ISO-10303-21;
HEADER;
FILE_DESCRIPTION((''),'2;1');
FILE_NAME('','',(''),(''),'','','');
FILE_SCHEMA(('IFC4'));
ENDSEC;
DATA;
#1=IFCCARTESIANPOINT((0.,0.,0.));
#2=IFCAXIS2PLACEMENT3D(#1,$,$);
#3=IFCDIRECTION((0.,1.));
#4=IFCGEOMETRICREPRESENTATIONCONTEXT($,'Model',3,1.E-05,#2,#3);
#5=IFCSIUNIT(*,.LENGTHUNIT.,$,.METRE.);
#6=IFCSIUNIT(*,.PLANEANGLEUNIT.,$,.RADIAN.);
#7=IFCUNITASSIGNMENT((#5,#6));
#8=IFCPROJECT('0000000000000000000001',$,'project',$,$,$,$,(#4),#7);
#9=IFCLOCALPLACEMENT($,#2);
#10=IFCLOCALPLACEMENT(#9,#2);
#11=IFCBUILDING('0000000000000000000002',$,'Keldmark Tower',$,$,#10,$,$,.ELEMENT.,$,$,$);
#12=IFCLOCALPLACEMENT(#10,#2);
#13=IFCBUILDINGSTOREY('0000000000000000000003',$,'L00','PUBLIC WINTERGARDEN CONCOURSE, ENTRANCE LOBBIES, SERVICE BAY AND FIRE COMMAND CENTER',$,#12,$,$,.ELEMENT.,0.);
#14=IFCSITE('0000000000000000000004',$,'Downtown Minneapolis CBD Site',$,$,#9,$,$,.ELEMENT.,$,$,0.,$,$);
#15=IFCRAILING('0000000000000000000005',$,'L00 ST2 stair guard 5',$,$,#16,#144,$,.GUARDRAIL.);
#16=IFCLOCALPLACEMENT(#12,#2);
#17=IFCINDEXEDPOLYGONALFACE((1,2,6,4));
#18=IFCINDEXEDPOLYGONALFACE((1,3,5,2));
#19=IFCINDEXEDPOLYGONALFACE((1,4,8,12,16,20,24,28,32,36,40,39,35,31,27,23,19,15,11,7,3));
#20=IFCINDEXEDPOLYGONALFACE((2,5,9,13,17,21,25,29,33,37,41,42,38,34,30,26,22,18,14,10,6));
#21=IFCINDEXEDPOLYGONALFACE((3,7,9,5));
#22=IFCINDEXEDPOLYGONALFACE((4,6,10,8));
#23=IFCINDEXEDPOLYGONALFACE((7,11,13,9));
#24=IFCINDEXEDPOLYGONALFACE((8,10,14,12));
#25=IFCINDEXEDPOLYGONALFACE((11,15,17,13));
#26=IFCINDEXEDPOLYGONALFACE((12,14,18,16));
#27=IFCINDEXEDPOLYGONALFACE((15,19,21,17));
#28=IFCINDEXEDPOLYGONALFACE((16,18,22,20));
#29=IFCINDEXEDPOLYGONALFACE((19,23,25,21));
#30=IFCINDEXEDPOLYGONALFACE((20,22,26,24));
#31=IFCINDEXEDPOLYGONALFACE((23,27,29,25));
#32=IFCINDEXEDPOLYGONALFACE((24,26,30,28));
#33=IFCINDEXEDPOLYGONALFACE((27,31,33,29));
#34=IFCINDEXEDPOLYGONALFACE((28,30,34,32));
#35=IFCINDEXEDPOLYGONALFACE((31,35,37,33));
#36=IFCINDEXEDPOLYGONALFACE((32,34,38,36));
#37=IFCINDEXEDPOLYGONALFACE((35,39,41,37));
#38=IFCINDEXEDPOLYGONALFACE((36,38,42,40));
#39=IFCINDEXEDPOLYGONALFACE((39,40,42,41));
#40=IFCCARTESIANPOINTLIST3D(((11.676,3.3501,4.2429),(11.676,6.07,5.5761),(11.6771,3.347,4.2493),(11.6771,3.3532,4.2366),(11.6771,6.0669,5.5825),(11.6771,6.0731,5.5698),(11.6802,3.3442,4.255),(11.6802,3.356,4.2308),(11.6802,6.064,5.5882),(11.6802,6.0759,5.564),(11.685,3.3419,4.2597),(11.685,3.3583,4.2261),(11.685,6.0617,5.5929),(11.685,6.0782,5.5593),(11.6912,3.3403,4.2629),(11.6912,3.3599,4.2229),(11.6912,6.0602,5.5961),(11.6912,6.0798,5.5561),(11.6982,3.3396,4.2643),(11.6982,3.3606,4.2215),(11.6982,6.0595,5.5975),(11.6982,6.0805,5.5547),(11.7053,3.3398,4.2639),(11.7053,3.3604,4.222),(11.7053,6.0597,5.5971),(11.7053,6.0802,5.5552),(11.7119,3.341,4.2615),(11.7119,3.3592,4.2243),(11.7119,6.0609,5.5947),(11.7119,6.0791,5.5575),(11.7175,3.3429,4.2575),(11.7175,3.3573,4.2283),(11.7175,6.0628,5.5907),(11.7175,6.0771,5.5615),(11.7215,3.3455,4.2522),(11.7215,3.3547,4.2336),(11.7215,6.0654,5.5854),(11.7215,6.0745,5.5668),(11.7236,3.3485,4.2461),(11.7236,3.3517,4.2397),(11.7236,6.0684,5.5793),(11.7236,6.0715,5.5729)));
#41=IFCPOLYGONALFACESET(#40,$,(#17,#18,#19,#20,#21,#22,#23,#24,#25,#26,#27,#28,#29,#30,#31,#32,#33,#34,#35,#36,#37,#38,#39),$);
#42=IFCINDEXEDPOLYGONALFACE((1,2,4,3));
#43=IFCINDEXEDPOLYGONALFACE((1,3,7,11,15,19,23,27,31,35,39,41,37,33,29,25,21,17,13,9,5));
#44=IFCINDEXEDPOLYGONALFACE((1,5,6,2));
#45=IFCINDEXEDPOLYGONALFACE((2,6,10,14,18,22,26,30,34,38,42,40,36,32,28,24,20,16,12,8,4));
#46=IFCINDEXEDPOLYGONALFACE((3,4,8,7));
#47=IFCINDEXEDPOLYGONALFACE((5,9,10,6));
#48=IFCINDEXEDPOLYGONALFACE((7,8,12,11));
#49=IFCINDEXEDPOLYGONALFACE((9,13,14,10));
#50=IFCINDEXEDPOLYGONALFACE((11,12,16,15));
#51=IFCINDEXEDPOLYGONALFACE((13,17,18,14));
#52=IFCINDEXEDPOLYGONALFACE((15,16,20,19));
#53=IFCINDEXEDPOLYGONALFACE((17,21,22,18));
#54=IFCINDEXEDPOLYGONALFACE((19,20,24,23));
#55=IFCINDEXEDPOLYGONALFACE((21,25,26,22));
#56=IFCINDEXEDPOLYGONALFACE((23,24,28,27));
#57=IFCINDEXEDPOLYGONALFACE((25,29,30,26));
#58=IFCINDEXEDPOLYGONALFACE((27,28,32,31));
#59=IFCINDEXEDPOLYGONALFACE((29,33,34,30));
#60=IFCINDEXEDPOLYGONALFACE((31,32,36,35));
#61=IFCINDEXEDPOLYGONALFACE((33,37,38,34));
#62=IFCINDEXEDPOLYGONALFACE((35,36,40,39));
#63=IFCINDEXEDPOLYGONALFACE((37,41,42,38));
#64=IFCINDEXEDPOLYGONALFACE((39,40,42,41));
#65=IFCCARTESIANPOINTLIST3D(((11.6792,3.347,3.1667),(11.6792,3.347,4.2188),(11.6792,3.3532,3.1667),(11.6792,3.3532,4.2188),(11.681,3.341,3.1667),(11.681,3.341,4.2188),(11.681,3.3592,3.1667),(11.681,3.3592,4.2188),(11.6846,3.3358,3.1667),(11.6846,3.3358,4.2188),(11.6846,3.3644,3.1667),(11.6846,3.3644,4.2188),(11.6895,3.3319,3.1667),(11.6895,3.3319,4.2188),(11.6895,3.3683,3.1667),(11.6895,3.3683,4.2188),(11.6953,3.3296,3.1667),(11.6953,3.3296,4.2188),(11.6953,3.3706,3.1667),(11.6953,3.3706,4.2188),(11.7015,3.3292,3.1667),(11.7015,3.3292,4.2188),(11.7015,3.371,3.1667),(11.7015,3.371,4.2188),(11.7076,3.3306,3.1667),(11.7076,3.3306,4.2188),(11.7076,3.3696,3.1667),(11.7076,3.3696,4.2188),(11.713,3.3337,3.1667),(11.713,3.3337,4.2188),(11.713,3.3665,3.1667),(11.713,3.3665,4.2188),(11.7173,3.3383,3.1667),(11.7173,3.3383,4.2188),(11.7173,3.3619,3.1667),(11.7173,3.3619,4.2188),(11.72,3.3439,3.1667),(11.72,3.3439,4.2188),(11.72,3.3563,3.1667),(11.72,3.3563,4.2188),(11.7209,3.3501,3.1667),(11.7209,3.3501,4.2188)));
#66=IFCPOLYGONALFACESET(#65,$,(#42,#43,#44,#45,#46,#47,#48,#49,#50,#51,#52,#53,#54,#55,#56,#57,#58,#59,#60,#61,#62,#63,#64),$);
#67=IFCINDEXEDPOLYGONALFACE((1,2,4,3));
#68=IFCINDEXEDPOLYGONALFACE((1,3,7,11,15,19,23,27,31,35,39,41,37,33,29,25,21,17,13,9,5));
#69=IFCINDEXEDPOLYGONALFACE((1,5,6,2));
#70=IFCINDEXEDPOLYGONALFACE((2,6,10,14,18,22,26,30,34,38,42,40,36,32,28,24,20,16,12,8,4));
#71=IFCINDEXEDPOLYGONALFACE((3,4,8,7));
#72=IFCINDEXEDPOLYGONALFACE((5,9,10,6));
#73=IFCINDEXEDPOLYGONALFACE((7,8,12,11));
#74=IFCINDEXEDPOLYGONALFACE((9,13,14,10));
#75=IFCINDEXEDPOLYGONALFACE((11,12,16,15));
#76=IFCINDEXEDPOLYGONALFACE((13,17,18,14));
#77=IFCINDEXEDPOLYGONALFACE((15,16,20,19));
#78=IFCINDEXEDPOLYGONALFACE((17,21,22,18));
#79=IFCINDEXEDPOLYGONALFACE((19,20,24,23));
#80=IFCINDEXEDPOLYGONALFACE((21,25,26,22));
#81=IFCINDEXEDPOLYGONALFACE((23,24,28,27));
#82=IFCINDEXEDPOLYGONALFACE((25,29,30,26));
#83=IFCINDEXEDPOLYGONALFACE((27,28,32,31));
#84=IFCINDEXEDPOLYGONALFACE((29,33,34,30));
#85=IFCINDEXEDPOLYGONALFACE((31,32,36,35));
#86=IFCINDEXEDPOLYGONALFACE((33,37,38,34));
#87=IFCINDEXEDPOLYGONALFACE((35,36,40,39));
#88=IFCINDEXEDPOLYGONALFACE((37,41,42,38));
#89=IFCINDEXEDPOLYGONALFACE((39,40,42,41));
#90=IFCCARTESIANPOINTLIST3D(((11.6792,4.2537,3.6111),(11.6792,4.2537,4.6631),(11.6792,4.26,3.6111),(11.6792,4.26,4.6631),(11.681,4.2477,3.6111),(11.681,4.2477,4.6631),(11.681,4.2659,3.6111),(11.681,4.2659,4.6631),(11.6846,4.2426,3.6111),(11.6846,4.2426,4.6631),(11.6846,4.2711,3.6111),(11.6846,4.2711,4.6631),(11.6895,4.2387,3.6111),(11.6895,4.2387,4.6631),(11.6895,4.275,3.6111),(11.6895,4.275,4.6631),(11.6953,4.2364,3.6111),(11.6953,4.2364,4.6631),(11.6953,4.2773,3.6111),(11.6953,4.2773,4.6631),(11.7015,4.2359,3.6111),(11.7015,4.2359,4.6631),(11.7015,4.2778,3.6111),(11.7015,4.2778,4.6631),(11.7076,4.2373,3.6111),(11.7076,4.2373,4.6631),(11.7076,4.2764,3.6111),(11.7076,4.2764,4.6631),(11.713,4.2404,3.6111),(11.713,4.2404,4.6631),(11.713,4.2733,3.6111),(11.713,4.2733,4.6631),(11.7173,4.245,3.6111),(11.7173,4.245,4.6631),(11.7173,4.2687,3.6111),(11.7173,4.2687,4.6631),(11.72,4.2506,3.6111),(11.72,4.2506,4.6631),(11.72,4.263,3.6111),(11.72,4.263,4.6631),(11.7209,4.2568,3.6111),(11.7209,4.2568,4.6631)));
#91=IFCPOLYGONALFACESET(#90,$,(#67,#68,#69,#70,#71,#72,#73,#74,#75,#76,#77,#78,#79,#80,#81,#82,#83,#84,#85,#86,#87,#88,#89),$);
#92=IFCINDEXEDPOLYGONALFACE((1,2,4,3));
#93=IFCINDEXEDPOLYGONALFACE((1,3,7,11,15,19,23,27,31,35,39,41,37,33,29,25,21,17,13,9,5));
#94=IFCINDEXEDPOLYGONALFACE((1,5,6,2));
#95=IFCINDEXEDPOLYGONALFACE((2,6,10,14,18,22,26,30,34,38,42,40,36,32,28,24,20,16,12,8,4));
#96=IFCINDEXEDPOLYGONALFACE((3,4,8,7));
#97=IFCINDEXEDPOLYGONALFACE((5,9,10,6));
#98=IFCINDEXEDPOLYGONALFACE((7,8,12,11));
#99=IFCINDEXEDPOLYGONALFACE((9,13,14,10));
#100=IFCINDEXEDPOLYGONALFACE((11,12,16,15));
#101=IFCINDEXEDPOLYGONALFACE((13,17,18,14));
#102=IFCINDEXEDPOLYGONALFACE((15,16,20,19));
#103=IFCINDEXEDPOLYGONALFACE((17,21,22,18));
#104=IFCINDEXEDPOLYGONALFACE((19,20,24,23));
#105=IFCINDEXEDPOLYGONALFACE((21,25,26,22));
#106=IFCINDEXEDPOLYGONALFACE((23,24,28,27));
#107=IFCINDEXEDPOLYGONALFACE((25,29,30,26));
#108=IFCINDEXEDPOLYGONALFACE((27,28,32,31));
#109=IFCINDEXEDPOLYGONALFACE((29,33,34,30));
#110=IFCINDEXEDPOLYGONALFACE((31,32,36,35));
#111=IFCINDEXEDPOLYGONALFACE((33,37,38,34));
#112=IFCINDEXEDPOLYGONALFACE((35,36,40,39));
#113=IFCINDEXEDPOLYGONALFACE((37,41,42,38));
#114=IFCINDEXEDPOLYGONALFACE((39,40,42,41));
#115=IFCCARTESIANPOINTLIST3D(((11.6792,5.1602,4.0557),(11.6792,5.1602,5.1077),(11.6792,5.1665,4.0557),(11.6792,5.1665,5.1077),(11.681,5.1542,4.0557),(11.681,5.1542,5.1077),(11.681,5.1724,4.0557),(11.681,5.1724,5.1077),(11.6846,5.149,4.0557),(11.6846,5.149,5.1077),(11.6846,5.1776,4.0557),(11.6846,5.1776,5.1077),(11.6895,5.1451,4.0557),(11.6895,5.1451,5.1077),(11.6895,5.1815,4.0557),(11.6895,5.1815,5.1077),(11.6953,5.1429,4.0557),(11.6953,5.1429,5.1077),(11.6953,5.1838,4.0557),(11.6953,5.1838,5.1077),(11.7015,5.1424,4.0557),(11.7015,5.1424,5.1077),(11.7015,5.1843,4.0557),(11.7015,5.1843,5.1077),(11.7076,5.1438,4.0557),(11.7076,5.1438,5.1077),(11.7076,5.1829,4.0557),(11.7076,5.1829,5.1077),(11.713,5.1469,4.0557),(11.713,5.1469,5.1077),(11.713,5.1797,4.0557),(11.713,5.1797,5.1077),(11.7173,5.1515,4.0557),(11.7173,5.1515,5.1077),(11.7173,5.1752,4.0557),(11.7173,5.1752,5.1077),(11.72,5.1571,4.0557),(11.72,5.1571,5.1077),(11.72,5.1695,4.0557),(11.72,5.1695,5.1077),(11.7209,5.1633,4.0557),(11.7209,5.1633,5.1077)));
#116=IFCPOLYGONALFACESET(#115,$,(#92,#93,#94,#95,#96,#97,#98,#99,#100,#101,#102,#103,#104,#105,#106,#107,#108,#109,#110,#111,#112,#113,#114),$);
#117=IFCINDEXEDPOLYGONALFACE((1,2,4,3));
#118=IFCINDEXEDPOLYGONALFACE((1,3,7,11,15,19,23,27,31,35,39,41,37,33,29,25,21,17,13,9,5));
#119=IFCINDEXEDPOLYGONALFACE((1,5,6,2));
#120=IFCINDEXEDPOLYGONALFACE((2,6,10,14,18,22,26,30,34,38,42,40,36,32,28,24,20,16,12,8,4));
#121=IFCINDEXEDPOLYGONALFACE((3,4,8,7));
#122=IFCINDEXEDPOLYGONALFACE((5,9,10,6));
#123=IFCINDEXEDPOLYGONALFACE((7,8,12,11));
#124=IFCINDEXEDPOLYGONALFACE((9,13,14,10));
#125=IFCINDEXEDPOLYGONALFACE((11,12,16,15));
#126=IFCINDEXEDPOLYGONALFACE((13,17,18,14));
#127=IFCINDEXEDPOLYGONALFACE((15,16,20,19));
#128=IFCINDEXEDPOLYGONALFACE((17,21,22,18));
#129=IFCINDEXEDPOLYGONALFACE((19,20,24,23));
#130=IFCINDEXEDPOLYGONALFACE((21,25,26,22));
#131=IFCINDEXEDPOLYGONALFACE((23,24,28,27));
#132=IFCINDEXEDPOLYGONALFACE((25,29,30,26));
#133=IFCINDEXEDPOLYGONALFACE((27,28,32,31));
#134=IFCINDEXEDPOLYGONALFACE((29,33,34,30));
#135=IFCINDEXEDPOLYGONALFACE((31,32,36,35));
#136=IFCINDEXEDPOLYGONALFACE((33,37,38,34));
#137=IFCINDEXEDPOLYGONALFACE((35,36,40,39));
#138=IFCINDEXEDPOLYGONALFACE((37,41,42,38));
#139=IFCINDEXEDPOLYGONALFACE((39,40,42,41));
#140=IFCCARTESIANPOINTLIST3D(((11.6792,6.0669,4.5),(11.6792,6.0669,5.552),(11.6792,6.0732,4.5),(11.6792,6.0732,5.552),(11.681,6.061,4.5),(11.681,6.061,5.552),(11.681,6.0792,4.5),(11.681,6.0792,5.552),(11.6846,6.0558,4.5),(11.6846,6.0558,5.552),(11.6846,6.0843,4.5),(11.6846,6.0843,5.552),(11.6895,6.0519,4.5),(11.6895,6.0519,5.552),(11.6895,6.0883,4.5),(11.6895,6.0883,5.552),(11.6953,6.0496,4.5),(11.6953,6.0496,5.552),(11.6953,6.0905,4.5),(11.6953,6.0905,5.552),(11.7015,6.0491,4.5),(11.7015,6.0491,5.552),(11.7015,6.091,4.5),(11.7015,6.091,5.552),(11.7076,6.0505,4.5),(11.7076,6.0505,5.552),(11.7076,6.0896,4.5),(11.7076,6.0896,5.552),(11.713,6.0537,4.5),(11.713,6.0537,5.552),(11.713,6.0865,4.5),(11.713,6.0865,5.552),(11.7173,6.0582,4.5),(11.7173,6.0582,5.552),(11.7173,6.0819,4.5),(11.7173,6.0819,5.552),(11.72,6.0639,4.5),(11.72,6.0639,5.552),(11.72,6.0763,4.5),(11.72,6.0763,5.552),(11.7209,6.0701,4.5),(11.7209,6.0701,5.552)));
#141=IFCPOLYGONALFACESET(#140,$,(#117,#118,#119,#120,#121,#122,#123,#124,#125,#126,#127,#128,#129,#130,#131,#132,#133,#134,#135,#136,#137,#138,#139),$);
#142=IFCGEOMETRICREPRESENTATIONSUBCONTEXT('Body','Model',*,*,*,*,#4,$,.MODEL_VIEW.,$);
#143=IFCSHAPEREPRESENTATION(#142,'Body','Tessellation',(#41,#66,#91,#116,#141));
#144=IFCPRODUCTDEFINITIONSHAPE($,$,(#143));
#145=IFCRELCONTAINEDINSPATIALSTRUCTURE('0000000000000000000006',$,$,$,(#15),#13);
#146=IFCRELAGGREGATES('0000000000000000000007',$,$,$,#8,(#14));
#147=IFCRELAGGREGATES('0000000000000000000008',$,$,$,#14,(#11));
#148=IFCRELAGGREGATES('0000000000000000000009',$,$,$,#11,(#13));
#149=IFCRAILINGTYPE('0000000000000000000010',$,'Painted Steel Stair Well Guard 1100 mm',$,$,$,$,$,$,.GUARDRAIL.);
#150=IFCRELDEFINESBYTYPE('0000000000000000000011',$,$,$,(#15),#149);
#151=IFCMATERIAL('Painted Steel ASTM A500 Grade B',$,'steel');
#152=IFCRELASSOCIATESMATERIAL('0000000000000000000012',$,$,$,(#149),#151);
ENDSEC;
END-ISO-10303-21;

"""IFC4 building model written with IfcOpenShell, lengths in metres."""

from ifc_helpers import new_model, si_unit, direction, frame, origin, origin_2d, place, context, subcontext, project, spatial, circle, extrude, material, type_object, element, save


model = new_model("IFC4")

# Units and contexts
model_context = context("Model", 3, precision=1e-05, world=origin(), true_north=direction((0.0, 1.0)))
body_context = subcontext(model_context, "Body", "Model", "MODEL_VIEW")
ifc_project = project(units=[si_unit("LENGTHUNIT", "METRE"), si_unit("PLANEANGLEUNIT", "RADIAN")], contexts=[model_context])

# Site, building, storey
site_placement = place(None, origin())
site = spatial("IfcSite", under=ifc_project, at=site_placement, Name="Downtown Minneapolis CBD Site", CompositionType="ELEMENT", RefElevation=0.0)
building_placement = place(site_placement, origin())
building = spatial("IfcBuilding", under=site, at=building_placement, Name="Keldmark Tower", CompositionType="ELEMENT")
storey_placement = place(building_placement, origin())
storey = spatial("IfcBuildingStorey", under=building, at=storey_placement, Name="L00", Description="PUBLIC WINTERGARDEN CONCOURSE, ENTRANCE LOBBIES, SERVICE BAY AND FIRE COMMAND CENTER", CompositionType="ELEMENT", Elevation=0.0)

# Railing
ifc_material_1 = material(Name="Painted Steel ASTM A500 Grade B", Category="steel")
railing_type_1 = type_object("IfcRailingType", Name="Painted Steel Stair Well Guard 1100 mm", PredefinedType="GUARDRAIL", material=ifc_material_1)
railing_1_placement = place(storey_placement, frame((11.7, 3.3501, 3.1667)))
element("IfcRailing", 1, at=railing_1_placement, inside=storey, type_object=railing_type_1, Name="L00 ST2 stair guard 5", PredefinedType="GUARDRAIL", context=body_context, shape_type="SweptSolid", body=[
    extrude(circle(Radius=0.0239, at=origin_2d()), frame((0.0, 0.0, 1.0762), z_axis=(0.0, 0.897929, 0.440139), x_axis=(-1.0, 0.0, 0.0)), (0.0, 0.0, 1.0), 3.0291),
    extrude(circle(Radius=0.021, at=origin_2d()), origin(), (0.0, 0.0, 1.0), 1.052),
    extrude(circle(Radius=0.021, at=origin_2d()), frame((0.0, 0.9067, 0.4443)), (0.0, 0.0, 1.0), 1.052),
    extrude(circle(Radius=0.021, at=origin_2d()), frame((0.0, 1.8132, 0.8889)), (0.0, 0.0, 1.0), 1.052),
    extrude(circle(Radius=0.021, at=origin_2d()), frame((0.0, 2.72, 1.3333)), (0.0, 0.0, 1.0), 1.052),
])

save(model, "model.ifc")
